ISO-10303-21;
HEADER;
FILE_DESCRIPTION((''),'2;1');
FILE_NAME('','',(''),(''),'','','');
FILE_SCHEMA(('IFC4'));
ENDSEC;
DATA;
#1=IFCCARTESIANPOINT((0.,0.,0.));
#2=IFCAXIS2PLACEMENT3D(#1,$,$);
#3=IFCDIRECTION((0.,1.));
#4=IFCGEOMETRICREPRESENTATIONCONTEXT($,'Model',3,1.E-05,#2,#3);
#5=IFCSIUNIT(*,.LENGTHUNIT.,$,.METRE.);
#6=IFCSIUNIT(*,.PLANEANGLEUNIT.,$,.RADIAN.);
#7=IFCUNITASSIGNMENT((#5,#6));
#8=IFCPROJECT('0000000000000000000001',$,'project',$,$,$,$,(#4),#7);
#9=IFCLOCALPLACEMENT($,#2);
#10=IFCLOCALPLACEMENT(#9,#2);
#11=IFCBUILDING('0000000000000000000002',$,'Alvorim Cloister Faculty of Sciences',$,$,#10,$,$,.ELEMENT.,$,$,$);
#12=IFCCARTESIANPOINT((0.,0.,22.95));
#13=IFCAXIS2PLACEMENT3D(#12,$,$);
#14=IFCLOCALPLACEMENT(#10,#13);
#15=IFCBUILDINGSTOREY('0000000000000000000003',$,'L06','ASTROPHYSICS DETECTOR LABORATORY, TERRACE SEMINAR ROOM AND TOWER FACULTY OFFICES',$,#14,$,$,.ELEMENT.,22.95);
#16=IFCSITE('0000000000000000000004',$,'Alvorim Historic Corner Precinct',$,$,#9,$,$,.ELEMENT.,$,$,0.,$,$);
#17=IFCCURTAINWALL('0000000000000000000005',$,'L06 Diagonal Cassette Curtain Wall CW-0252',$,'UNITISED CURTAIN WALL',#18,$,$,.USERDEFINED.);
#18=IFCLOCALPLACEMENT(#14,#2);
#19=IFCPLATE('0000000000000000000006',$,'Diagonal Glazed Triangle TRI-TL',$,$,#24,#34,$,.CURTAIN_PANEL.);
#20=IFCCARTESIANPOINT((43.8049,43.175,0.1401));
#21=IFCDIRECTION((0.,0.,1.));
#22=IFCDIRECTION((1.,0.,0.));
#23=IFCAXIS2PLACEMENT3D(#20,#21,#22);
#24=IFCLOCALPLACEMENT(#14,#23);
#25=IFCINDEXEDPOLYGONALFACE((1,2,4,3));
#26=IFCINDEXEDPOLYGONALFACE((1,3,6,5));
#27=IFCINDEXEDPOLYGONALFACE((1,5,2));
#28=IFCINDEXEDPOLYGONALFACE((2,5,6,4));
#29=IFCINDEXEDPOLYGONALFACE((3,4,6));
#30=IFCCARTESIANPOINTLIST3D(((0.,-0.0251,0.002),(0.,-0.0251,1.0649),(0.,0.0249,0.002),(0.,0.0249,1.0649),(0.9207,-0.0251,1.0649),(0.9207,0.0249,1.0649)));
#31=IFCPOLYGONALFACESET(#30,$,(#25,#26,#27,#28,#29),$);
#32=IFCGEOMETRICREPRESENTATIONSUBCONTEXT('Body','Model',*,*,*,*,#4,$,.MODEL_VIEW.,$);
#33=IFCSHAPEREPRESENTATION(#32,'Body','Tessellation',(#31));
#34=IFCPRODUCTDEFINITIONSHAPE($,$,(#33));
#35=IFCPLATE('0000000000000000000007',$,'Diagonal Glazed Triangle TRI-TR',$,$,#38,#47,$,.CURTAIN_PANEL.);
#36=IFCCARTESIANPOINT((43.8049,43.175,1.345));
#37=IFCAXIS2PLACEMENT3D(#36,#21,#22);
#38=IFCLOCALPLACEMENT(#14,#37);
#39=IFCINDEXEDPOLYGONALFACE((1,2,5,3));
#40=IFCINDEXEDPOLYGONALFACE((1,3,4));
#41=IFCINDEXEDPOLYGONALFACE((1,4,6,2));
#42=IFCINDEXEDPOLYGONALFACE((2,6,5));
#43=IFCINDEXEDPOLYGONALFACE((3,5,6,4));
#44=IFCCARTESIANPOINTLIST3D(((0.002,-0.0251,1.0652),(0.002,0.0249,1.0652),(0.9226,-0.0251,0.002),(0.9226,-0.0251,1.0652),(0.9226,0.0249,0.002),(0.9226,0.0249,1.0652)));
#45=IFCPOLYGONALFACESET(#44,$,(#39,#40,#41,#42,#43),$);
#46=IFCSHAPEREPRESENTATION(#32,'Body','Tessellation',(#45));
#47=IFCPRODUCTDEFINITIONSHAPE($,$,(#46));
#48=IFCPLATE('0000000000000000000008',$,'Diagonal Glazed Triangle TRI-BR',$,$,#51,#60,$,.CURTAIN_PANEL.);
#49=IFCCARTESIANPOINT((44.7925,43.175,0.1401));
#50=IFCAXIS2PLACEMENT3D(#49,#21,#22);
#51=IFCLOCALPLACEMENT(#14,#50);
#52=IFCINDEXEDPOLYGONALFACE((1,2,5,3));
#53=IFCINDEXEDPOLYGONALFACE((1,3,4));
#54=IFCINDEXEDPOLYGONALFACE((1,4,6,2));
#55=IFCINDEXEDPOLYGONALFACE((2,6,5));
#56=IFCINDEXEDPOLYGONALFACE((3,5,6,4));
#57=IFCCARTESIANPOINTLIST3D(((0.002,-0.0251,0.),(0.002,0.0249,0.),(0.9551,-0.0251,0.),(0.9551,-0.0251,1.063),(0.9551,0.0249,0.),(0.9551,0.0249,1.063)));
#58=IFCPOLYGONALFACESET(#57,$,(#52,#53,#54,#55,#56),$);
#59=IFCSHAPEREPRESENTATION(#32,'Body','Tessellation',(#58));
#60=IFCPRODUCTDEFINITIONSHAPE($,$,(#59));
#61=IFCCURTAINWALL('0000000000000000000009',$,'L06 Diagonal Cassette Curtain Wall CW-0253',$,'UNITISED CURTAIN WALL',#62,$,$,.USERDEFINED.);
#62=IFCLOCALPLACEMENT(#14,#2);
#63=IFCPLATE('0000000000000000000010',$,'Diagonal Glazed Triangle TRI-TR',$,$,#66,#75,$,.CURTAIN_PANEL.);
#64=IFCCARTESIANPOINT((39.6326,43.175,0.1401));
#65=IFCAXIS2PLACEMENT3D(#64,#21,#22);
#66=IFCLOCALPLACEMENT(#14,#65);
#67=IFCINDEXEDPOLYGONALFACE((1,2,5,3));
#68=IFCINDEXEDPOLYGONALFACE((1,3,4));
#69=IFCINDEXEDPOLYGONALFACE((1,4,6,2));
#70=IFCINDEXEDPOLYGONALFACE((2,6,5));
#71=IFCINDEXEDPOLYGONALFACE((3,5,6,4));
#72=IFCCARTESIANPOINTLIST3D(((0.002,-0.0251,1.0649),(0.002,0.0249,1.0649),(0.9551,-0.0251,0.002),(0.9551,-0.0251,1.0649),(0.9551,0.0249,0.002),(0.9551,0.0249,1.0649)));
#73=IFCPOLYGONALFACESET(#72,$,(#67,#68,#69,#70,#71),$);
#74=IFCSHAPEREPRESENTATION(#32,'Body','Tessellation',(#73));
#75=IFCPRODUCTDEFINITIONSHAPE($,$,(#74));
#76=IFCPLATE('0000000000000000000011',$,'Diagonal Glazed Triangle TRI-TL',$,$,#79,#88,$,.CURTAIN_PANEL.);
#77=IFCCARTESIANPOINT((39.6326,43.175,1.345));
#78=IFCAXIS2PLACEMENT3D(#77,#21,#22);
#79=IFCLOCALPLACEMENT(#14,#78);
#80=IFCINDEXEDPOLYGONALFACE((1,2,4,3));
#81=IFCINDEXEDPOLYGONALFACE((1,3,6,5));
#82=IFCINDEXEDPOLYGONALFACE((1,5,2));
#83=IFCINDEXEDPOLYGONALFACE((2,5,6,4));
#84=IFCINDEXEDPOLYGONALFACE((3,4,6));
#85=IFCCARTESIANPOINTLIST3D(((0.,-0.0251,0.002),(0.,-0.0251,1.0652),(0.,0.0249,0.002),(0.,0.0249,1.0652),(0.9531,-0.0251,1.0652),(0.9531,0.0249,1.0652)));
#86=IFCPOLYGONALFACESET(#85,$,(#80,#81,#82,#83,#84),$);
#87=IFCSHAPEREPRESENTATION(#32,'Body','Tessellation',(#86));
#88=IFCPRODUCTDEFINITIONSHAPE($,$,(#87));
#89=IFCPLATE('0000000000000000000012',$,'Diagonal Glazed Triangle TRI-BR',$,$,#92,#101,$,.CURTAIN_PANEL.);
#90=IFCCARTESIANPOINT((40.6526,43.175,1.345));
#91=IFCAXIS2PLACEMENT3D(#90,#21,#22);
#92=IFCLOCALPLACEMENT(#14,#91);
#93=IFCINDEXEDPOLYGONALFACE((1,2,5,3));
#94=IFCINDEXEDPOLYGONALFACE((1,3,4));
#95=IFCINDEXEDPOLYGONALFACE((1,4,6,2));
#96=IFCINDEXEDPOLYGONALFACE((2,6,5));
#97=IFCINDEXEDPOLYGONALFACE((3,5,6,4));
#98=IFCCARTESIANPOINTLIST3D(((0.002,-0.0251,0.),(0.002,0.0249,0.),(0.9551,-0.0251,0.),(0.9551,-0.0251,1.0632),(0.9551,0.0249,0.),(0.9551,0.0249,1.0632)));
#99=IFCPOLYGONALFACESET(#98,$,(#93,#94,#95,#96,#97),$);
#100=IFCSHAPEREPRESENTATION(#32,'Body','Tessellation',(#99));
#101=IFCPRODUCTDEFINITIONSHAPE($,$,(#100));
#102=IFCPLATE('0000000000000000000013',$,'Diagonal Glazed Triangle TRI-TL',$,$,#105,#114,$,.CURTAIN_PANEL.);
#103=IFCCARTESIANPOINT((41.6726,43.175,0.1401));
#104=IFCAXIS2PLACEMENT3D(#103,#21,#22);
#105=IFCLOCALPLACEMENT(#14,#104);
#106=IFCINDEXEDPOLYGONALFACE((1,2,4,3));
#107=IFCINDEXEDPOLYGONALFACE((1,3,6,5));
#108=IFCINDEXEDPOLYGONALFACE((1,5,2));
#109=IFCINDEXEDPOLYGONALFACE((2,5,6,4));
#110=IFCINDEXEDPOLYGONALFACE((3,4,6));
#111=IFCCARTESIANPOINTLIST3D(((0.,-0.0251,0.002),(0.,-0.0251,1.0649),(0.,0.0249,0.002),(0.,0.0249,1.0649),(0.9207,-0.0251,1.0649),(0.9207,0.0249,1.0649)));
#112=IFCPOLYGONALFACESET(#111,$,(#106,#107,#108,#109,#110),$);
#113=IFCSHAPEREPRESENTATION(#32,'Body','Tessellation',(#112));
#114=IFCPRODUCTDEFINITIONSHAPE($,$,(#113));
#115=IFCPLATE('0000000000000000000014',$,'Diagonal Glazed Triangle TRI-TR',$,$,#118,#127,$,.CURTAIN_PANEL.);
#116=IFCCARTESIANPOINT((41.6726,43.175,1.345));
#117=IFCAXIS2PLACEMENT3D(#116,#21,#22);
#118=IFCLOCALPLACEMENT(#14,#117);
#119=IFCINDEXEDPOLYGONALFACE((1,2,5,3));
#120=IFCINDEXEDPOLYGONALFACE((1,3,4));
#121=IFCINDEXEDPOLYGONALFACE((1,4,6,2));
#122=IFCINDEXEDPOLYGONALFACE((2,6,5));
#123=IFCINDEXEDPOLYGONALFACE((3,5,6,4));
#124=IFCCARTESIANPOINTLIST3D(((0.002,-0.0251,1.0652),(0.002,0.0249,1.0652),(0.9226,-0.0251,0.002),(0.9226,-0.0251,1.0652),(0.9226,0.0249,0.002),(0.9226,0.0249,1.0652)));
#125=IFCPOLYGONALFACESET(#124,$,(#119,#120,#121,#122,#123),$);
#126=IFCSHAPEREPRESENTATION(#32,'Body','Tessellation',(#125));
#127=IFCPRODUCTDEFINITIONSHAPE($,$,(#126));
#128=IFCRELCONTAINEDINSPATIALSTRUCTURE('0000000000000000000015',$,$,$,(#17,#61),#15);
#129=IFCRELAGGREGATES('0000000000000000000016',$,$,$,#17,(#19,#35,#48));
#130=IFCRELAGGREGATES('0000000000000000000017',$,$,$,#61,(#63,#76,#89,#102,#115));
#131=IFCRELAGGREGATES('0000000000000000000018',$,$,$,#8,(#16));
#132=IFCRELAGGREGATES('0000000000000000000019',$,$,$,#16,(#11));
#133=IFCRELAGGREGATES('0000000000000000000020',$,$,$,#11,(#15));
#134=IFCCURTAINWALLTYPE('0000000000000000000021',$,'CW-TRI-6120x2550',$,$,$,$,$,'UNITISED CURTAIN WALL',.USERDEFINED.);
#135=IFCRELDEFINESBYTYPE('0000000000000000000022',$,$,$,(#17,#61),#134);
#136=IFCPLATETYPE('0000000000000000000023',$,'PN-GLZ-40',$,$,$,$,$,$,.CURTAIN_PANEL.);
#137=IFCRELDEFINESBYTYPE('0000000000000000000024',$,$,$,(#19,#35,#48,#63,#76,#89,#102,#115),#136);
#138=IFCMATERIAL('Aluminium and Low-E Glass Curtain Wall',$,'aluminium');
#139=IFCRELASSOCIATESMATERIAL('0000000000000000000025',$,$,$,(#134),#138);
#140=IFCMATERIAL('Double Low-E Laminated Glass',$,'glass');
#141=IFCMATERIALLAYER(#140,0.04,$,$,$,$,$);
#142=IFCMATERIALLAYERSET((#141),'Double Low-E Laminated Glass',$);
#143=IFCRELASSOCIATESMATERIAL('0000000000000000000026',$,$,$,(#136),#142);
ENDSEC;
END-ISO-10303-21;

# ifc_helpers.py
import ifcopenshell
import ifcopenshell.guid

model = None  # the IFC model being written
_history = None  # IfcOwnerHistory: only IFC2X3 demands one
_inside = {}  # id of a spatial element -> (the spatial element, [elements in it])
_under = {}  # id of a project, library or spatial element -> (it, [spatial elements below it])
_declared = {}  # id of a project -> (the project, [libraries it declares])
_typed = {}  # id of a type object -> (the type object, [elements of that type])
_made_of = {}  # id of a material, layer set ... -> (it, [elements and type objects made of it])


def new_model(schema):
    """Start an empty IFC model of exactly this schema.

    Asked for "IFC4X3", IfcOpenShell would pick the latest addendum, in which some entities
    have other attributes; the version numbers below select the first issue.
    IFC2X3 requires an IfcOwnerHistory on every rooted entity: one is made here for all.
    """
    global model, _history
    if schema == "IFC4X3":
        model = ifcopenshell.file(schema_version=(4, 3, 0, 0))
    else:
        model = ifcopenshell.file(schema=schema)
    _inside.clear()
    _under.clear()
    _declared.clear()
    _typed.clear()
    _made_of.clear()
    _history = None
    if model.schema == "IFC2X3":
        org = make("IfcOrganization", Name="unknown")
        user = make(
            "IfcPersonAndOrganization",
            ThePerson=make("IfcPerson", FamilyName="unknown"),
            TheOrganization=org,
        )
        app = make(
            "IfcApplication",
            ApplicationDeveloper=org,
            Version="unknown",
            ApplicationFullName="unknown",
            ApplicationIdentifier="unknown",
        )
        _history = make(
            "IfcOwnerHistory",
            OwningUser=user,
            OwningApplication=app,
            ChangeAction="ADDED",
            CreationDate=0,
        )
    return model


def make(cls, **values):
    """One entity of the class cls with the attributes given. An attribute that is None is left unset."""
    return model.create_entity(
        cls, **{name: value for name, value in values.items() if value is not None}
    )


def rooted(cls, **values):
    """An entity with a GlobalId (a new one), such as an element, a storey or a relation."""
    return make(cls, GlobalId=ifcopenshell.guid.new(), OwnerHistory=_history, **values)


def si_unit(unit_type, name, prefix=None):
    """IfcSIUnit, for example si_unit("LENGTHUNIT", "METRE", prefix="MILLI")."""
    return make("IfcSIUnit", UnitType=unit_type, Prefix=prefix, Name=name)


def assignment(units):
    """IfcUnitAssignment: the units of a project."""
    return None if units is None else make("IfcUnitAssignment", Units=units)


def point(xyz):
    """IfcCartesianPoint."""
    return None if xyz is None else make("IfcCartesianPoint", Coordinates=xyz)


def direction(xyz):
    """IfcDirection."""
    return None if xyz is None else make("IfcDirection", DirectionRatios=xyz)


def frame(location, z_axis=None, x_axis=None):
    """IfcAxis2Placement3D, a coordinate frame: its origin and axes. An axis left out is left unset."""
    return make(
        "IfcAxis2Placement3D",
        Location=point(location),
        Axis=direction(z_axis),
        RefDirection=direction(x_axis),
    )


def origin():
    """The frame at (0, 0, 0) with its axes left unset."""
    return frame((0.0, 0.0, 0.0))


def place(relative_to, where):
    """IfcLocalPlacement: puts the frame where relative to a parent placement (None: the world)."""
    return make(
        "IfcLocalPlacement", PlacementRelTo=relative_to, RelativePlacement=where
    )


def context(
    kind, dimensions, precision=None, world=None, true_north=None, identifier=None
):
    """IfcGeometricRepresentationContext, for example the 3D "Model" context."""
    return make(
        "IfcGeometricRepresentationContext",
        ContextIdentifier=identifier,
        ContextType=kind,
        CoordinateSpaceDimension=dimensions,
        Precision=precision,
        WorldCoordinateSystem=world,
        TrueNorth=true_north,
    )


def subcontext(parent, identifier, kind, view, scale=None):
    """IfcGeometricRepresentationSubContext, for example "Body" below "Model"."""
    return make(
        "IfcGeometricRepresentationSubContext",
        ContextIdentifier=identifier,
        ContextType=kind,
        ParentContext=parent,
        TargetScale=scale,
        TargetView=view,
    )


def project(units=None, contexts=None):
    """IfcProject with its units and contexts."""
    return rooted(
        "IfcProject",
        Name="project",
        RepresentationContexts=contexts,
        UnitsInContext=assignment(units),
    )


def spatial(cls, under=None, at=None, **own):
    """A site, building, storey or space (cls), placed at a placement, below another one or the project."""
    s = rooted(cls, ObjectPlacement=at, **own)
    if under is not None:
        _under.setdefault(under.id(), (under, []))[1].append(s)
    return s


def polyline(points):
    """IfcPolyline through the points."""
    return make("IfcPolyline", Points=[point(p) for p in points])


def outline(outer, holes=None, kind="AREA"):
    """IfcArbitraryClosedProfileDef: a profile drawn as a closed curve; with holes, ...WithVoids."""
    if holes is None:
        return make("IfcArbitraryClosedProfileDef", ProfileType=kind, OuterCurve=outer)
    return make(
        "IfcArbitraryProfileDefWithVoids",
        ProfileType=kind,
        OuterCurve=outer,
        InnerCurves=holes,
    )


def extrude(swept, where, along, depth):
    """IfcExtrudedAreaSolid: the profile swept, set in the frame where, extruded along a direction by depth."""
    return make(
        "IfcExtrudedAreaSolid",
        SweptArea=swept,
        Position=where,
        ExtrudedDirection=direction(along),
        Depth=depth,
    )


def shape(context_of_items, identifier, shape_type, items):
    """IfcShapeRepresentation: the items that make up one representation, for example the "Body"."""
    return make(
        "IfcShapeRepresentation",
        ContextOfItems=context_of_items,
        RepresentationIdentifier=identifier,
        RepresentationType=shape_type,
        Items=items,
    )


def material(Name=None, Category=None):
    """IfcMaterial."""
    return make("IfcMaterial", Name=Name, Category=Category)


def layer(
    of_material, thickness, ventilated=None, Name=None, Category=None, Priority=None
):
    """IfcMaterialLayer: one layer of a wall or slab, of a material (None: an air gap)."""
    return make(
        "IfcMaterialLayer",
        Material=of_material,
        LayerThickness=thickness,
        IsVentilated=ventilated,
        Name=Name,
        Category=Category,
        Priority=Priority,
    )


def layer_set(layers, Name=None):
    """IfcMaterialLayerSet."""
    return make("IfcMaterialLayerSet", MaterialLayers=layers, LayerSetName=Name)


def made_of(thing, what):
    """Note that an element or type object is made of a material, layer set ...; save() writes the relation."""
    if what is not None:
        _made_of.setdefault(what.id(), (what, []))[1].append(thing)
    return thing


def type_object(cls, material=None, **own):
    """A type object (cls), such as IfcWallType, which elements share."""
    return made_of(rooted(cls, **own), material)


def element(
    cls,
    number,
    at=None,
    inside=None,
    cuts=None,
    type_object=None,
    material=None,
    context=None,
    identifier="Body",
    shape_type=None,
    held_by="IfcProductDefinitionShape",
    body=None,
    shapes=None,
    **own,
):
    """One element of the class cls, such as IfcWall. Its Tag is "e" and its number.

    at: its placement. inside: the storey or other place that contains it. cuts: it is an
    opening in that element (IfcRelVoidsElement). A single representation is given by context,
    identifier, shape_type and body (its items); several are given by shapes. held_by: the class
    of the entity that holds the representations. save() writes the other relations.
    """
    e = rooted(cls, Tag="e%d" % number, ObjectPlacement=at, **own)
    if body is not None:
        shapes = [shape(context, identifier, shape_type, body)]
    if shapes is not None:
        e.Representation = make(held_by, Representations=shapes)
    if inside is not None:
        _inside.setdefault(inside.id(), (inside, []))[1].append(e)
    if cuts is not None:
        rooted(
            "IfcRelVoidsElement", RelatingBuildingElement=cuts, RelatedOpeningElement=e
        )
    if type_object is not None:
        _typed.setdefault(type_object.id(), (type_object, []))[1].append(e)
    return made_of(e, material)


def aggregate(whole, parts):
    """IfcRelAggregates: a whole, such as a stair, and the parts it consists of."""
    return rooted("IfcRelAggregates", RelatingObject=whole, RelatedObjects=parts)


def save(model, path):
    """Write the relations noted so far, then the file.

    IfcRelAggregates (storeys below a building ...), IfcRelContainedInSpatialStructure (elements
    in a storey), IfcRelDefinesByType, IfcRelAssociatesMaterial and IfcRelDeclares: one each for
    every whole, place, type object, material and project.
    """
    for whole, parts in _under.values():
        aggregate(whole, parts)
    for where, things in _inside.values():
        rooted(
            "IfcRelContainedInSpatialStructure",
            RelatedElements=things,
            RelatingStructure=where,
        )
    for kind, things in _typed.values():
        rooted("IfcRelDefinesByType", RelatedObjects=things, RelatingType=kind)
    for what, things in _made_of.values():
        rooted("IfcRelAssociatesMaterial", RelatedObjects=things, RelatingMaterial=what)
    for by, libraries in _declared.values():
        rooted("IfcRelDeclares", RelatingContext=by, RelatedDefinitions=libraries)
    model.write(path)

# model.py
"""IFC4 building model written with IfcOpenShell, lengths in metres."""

from ifc_helpers import new_model, si_unit, direction, frame, origin, place, context, subcontext, project, spatial, polyline, outline, extrude, material, layer, layer_set, type_object, element, aggregate, save


model = new_model("IFC4")

# Units and contexts
model_context = context("Model", 3, precision=1e-05, world=origin(), true_north=direction((0.0, 1.0)))
body_context = subcontext(model_context, "Body", "Model", "MODEL_VIEW")
ifc_project = project(units=[si_unit("LENGTHUNIT", "METRE"), si_unit("PLANEANGLEUNIT", "RADIAN")], contexts=[model_context])

# Site, building, storey
site_placement = place(None, origin())
site = spatial("IfcSite", under=ifc_project, at=site_placement, Name="Alvorim Historic Corner Precinct", CompositionType="ELEMENT", RefElevation=0.0)
building_placement = place(site_placement, origin())
building = spatial("IfcBuilding", under=site, at=building_placement, Name="Alvorim Cloister Faculty of Sciences", CompositionType="ELEMENT")
storey_placement = place(building_placement, frame((0.0, 0.0, 22.95)))
storey = spatial("IfcBuildingStorey", under=building, at=storey_placement, Name="L06", Description="ASTROPHYSICS DETECTOR LABORATORY, TERRACE SEMINAR ROOM AND TOWER FACULTY OFFICES", CompositionType="ELEMENT", Elevation=22.95)

# Curtain walls, plates
ifc_material_1 = material(Name="Aluminium and Low-E Glass Curtain Wall", Category="aluminium")
curtain_wall_type = type_object("IfcCurtainWallType", Name="CW-TRI-6120x2550", ElementType="UNITISED CURTAIN WALL", PredefinedType="USERDEFINED", material=ifc_material_1)
curtain_wall_1_placement = place(storey_placement, origin())
curtain_wall_1 = element("IfcCurtainWall", 1, at=curtain_wall_1_placement, inside=storey, type_object=curtain_wall_type, Name="L06 Diagonal Cassette Curtain Wall CW-0252", ObjectType="UNITISED CURTAIN WALL", PredefinedType="USERDEFINED")
ifc_material_2 = material(Name="Double Low-E Laminated Glass", Category="glass")
ifc_layer_1 = layer(ifc_material_2, 0.04)
ifc_layer_set_1 = layer_set([ifc_layer_1], Name="Double Low-E Laminated Glass")
plate_type = type_object("IfcPlateType", Name="PN-GLZ-40", PredefinedType="CURTAIN_PANEL", material=ifc_layer_set_1)
plate_1_placement = place(storey_placement, frame((43.8049, 43.175, 0.1401), z_axis=(0.0, 0.0, 1.0), x_axis=(1.0, 0.0, 0.0)))
plate_1 = element("IfcPlate", 2, at=plate_1_placement, type_object=plate_type, Name="Diagonal Glazed Triangle TRI-TL", PredefinedType="CURTAIN_PANEL", context=body_context, shape_type="SweptSolid", body=[
    extrude(outline(polyline([(0.9207, 1.0649), (0.0, 1.0649), (0.0, 0.002), (0.9207, 1.0649)])), frame((0.0, 0.0249, 0.0), z_axis=(0.0, -1.0, 0.0), x_axis=(1.0, 0.0, 0.0)), (0.0, 0.0, 1.0), 0.05),
])
plate_2_placement = place(storey_placement, frame((43.8049, 43.175, 1.345), z_axis=(0.0, 0.0, 1.0), x_axis=(1.0, 0.0, 0.0)))
plate_2 = element("IfcPlate", 3, at=plate_2_placement, type_object=plate_type, Name="Diagonal Glazed Triangle TRI-TR", PredefinedType="CURTAIN_PANEL", context=body_context, shape_type="SweptSolid", body=[
    extrude(outline(polyline([(0.9226, 0.002), (0.9226, 1.0652), (0.002, 1.0652), (0.9226, 0.002)])), frame((0.0, 0.0249, 0.0), z_axis=(0.0, -1.0, 0.0), x_axis=(1.0, 0.0, 0.0)), (0.0, 0.0, 1.0), 0.05),
])
plate_3_placement = place(storey_placement, frame((44.7925, 43.175, 0.1401), z_axis=(0.0, 0.0, 1.0), x_axis=(1.0, 0.0, 0.0)))
plate_3 = element("IfcPlate", 4, at=plate_3_placement, type_object=plate_type, Name="Diagonal Glazed Triangle TRI-BR", PredefinedType="CURTAIN_PANEL", context=body_context, shape_type="SweptSolid", body=[
    extrude(outline(polyline([(0.002, 0.0), (0.9551, 0.0), (0.9551, 1.063), (0.002, 0.0)])), frame((0.0, 0.0249, 0.0), z_axis=(0.0, -1.0, 0.0), x_axis=(1.0, 0.0, 0.0)), (0.0, 0.0, 1.0), 0.05),
])
aggregate(curtain_wall_1, [plate_1, plate_2, plate_3])
curtain_wall_2_placement = place(storey_placement, origin())
curtain_wall_2 = element("IfcCurtainWall", 5, at=curtain_wall_2_placement, inside=storey, type_object=curtain_wall_type, Name="L06 Diagonal Cassette Curtain Wall CW-0253", ObjectType="UNITISED CURTAIN WALL", PredefinedType="USERDEFINED")
plate_4_placement = place(storey_placement, frame((39.6326, 43.175, 0.1401), z_axis=(0.0, 0.0, 1.0), x_axis=(1.0, 0.0, 0.0)))
plate_4 = element("IfcPlate", 6, at=plate_4_placement, type_object=plate_type, Name="Diagonal Glazed Triangle TRI-TR", PredefinedType="CURTAIN_PANEL", context=body_context, shape_type="SweptSolid", body=[
    extrude(outline(polyline([(0.9551, 0.002), (0.9551, 1.0649), (0.002, 1.0649), (0.9551, 0.002)])), frame((0.0, 0.0249, 0.0), z_axis=(0.0, -1.0, 0.0), x_axis=(1.0, 0.0, 0.0)), (0.0, 0.0, 1.0), 0.05),
])
plate_5_placement = place(storey_placement, frame((39.6326, 43.175, 1.345), z_axis=(0.0, 0.0, 1.0), x_axis=(1.0, 0.0, 0.0)))
plate_5 = element("IfcPlate", 7, at=plate_5_placement, type_object=plate_type, Name="Diagonal Glazed Triangle TRI-TL", PredefinedType="CURTAIN_PANEL", context=body_context, shape_type="SweptSolid", body=[
    extrude(outline(polyline([(0.9531, 1.0652), (0.0, 1.0652), (0.0, 0.002), (0.9531, 1.0652)])), frame((0.0, 0.0249, 0.0), z_axis=(0.0, -1.0, 0.0), x_axis=(1.0, 0.0, 0.0)), (0.0, 0.0, 1.0), 0.05),
])
plate_6_placement = place(storey_placement, frame((40.6526, 43.175, 1.345), z_axis=(0.0, 0.0, 1.0), x_axis=(1.0, 0.0, 0.0)))
plate_6 = element("IfcPlate", 8, at=plate_6_placement, type_object=plate_type, Name="Diagonal Glazed Triangle TRI-BR", PredefinedType="CURTAIN_PANEL", context=body_context, shape_type="SweptSolid", body=[
    extrude(outline(polyline([(0.002, 0.0), (0.9551, 0.0), (0.9551, 1.0632), (0.002, 0.0)])), frame((0.0, 0.0249, 0.0), z_axis=(0.0, -1.0, 0.0), x_axis=(1.0, 0.0, 0.0)), (0.0, 0.0, 1.0), 0.05),
])
plate_7_placement = place(storey_placement, frame((41.6726, 43.175, 0.1401), z_axis=(0.0, 0.0, 1.0), x_axis=(1.0, 0.0, 0.0)))
plate_7 = element("IfcPlate", 9, at=plate_7_placement, type_object=plate_type, Name="Diagonal Glazed Triangle TRI-TL", PredefinedType="CURTAIN_PANEL", context=body_context, shape_type="SweptSolid", body=[
    extrude(outline(polyline([(0.9207, 1.0649), (0.0, 1.0649), (0.0, 0.002), (0.9207, 1.0649)])), frame((0.0, 0.0249, 0.0), z_axis=(0.0, -1.0, 0.0), x_axis=(1.0, 0.0, 0.0)), (0.0, 0.0, 1.0), 0.05),
])
plate_8_placement = place(storey_placement, frame((41.6726, 43.175, 1.345), z_axis=(0.0, 0.0, 1.0), x_axis=(1.0, 0.0, 0.0)))
plate_8 = element("IfcPlate", 10, at=plate_8_placement, type_object=plate_type, Name="Diagonal Glazed Triangle TRI-TR", PredefinedType="CURTAIN_PANEL", context=body_context, shape_type="SweptSolid", body=[
    extrude(outline(polyline([(0.9226, 0.002), (0.9226, 1.0652), (0.002, 1.0652), (0.9226, 0.002)])), frame((0.0, 0.0249, 0.0), z_axis=(0.0, -1.0, 0.0), x_axis=(1.0, 0.0, 0.0)), (0.0, 0.0, 1.0), 0.05),
])
aggregate(curtain_wall_2, [plate_4, plate_5, plate_6, plate_7, plate_8])

save(model, "model.ifc")
